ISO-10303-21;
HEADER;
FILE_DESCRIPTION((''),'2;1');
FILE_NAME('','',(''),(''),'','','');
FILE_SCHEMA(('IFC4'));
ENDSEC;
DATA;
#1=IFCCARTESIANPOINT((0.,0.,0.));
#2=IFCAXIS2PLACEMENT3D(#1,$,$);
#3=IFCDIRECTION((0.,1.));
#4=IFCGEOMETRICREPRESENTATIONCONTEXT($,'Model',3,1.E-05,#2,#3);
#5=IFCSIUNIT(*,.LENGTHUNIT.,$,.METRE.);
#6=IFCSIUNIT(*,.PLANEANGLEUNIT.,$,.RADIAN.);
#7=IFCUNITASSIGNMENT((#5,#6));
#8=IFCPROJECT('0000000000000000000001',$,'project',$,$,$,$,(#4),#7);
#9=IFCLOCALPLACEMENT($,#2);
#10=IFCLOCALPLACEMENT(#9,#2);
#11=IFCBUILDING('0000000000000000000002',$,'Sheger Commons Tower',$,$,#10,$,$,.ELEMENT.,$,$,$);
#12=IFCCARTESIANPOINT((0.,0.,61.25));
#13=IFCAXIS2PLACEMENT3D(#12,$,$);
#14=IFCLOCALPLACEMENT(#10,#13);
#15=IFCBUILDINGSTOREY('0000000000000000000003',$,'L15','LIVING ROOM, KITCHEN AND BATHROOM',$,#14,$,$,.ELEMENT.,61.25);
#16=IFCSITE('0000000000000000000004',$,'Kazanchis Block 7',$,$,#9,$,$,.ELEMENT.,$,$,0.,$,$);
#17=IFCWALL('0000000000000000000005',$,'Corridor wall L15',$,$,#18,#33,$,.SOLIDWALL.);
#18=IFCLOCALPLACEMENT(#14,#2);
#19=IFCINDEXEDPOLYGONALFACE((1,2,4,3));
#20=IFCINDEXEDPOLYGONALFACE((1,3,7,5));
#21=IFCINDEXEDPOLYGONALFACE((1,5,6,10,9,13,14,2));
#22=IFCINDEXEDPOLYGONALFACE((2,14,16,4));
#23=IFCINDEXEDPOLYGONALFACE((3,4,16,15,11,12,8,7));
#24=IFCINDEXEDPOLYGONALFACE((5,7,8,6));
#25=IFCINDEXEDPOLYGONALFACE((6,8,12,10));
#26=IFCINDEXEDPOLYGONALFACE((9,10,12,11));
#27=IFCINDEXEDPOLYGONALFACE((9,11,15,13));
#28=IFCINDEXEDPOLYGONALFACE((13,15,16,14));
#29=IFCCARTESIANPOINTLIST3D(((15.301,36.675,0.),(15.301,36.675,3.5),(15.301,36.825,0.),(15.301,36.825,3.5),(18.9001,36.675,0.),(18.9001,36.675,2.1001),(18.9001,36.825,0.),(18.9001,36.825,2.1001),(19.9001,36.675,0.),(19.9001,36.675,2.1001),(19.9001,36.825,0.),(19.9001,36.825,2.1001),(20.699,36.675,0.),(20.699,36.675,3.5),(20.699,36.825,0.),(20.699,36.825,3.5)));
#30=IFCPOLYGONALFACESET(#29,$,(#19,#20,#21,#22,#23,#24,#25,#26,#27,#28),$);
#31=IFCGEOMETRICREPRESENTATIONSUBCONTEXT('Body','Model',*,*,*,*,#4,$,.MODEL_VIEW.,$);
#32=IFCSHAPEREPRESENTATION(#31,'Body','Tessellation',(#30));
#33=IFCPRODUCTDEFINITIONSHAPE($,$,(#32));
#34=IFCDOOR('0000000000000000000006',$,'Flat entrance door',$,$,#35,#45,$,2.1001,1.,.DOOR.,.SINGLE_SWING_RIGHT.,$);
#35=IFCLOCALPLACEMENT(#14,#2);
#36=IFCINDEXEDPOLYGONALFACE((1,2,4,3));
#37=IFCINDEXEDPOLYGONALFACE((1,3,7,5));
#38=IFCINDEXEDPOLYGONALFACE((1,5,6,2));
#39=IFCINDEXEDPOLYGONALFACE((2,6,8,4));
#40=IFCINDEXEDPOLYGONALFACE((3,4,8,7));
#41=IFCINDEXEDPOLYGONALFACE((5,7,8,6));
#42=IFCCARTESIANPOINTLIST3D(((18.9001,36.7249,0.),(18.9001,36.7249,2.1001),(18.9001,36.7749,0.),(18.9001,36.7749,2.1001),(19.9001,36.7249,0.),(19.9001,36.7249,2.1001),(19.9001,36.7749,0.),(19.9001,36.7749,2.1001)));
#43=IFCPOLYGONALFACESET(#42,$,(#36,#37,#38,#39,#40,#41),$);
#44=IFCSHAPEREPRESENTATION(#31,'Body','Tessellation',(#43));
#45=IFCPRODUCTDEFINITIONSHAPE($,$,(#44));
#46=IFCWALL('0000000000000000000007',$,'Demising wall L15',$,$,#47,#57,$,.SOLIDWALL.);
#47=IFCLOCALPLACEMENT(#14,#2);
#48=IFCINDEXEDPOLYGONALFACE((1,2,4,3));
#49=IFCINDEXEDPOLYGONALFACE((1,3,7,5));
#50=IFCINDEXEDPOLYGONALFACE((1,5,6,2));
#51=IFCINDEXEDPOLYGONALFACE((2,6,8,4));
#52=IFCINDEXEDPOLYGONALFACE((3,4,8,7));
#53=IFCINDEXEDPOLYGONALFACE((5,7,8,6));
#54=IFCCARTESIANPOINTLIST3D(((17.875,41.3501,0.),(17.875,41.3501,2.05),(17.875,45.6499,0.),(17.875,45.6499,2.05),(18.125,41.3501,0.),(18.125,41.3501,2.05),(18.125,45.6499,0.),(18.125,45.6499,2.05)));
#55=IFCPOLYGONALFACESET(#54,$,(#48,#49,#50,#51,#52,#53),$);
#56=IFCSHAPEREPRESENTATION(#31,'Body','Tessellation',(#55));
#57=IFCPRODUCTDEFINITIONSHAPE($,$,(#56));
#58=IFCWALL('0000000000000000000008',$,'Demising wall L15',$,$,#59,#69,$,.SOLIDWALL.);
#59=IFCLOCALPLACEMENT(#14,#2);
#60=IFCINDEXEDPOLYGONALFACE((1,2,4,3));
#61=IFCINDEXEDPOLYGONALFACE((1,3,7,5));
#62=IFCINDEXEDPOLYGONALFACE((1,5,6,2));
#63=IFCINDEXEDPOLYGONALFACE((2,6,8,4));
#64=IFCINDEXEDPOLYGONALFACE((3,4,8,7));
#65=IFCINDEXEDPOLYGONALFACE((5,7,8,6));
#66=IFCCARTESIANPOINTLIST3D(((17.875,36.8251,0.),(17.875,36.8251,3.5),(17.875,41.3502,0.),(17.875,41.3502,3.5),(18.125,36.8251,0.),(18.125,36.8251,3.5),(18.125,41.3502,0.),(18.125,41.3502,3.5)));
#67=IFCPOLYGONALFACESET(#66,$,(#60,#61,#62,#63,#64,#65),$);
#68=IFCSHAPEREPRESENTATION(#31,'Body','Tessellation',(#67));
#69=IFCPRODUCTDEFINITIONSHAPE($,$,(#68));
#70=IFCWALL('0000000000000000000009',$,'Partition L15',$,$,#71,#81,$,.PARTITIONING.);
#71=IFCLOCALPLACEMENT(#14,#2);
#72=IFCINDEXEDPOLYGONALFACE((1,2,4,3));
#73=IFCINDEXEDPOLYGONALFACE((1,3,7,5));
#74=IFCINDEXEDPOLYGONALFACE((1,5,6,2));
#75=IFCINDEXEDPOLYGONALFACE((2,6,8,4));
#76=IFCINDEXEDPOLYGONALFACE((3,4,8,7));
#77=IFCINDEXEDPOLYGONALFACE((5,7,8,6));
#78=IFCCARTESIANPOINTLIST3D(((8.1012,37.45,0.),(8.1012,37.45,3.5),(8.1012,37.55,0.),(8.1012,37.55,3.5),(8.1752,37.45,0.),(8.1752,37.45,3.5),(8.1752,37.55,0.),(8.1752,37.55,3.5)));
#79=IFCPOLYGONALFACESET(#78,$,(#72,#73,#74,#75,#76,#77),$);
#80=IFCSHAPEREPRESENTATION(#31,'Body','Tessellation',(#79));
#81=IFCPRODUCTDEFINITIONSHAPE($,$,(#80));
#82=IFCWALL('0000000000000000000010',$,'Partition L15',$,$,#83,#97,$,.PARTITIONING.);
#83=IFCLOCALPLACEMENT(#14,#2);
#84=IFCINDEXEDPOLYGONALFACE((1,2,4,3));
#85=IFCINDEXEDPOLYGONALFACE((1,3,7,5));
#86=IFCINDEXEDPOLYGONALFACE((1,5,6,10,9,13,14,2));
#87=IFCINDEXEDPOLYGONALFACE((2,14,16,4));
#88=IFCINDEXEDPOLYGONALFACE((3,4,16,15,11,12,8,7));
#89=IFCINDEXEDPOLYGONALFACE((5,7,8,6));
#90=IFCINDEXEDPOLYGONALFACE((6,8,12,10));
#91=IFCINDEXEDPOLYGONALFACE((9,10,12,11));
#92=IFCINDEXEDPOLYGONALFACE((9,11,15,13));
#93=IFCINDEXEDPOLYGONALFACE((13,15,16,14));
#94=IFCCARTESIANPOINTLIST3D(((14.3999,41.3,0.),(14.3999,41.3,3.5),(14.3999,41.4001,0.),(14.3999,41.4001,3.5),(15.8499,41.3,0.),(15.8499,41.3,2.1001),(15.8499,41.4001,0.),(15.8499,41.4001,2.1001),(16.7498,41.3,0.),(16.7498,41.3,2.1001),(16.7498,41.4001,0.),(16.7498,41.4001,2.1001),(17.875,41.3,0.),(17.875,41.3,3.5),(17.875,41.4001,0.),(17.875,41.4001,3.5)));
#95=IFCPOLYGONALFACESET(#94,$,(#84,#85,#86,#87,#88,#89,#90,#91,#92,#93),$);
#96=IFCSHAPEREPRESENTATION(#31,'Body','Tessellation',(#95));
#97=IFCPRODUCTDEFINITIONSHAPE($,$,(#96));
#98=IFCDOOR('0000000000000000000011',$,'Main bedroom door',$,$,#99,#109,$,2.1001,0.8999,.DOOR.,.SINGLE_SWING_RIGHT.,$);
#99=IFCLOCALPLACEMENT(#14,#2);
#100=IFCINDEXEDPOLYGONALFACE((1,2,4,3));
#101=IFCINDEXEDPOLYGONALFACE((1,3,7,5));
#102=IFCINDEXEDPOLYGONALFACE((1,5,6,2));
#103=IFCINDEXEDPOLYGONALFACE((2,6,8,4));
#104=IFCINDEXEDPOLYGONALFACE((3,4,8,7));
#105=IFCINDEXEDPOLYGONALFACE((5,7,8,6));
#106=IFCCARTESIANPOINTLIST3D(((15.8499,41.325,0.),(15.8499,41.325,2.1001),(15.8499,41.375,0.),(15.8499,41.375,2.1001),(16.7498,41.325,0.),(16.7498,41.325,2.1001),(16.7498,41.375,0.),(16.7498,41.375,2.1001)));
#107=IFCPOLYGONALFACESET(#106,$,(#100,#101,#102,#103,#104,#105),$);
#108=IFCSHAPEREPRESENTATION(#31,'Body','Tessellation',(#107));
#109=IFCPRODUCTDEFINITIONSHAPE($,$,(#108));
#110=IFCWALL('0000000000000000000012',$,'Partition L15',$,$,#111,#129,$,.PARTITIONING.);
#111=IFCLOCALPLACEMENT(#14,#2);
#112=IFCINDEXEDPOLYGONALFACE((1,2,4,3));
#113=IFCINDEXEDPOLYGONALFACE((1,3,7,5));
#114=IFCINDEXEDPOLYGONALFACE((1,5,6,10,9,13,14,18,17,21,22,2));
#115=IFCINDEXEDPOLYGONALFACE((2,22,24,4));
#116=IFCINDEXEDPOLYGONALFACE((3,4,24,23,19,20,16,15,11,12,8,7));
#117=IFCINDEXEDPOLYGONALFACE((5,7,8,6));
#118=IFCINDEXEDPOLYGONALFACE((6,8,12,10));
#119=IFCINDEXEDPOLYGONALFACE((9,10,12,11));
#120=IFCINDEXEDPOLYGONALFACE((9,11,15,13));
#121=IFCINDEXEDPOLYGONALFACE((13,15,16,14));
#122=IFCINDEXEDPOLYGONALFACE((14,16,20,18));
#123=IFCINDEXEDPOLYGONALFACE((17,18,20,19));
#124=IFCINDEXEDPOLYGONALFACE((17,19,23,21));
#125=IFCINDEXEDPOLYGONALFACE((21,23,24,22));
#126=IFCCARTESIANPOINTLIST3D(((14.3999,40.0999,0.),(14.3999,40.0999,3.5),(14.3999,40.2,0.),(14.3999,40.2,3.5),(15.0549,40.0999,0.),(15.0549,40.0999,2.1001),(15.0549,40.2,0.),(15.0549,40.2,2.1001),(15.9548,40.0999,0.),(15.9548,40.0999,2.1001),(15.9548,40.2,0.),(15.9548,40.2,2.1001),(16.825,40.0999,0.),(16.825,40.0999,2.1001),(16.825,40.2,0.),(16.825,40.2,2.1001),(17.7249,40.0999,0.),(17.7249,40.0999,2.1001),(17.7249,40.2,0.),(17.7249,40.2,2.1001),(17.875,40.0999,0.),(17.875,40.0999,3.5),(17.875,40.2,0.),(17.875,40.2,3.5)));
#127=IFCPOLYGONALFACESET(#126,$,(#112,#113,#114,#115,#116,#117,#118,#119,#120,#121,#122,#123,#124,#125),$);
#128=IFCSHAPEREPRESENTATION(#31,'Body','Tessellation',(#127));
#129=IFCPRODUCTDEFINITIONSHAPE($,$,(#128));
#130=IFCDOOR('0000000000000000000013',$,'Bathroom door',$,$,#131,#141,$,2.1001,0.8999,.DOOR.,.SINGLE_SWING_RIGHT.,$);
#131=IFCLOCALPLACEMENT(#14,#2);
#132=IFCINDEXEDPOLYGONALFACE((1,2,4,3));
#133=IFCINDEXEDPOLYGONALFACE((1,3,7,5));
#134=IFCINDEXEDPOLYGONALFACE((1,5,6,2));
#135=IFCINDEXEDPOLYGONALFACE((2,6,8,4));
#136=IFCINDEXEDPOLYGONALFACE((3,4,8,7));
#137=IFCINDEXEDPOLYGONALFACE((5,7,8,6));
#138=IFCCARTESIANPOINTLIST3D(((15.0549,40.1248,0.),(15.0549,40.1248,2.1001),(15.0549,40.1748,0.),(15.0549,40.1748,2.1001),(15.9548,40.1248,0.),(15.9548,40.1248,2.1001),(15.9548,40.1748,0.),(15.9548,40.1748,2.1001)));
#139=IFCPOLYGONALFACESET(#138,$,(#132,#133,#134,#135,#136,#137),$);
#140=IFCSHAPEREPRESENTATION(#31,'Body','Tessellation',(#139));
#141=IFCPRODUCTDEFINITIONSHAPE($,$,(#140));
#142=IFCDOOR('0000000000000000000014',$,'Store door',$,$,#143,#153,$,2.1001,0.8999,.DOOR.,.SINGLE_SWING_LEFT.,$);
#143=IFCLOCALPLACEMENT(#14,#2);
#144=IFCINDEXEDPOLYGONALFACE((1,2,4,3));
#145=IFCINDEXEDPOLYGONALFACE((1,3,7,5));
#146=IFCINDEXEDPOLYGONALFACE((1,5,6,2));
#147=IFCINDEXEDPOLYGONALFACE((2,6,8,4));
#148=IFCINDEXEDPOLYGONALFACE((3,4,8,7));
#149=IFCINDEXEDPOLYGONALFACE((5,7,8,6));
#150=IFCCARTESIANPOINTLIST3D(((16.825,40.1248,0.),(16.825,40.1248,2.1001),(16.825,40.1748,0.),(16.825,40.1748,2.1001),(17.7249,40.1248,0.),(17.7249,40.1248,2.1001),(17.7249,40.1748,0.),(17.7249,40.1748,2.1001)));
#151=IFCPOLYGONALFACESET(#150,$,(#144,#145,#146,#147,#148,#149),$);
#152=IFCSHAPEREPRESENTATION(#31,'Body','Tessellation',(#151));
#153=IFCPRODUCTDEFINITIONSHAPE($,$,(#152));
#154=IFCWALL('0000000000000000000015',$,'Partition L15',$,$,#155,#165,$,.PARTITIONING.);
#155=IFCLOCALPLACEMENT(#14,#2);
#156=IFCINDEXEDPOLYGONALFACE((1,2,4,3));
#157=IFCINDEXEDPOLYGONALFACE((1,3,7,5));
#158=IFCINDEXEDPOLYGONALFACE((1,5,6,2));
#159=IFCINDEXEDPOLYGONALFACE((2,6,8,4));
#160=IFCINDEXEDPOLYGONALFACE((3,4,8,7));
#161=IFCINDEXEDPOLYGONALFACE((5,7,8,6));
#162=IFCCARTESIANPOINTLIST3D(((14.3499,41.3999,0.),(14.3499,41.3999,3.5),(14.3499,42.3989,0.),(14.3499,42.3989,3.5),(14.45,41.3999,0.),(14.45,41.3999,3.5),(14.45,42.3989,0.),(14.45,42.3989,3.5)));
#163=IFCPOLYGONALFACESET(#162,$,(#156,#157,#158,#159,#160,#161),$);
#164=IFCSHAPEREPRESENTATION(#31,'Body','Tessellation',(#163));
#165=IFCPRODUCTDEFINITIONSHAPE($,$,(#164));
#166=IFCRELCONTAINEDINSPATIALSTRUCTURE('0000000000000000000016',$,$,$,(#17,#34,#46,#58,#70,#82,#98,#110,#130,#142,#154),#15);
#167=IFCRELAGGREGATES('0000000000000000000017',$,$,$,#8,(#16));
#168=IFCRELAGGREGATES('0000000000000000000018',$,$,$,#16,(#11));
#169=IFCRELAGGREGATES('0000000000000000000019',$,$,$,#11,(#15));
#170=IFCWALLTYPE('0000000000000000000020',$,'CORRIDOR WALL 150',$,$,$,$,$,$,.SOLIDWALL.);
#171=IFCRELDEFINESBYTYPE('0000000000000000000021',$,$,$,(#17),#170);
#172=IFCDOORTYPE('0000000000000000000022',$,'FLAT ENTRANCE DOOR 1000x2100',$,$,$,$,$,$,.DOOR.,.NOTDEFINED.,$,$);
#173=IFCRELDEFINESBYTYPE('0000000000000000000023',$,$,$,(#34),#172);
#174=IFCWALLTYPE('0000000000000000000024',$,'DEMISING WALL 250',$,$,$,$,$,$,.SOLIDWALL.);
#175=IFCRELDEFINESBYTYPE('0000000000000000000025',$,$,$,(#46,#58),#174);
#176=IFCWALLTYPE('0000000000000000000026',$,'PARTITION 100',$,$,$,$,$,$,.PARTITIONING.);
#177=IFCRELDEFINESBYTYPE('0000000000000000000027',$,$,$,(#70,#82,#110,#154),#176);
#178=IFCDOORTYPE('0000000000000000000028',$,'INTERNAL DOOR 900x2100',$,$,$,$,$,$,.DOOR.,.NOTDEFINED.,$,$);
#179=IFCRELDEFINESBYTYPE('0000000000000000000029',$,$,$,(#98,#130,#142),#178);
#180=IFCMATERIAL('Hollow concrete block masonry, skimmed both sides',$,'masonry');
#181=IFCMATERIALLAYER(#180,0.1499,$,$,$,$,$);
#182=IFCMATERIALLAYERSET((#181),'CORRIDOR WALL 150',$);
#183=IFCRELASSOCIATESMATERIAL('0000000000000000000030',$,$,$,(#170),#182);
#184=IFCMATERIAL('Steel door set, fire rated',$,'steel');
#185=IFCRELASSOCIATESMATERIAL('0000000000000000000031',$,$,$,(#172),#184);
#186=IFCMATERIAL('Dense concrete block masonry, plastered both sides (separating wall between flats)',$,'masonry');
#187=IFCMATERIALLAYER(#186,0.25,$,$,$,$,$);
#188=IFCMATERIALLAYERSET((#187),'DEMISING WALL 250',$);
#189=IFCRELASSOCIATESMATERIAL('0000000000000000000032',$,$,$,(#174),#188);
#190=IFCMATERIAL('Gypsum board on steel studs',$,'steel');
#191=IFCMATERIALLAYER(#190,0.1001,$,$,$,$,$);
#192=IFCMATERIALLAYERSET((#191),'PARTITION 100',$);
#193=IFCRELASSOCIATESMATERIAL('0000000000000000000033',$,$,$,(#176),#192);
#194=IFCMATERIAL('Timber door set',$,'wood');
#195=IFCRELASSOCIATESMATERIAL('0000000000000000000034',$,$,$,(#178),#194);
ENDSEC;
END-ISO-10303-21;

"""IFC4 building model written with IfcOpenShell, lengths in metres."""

from ifc_helpers import new_model, si_unit, direction, frame, frame_2d, origin, place, context, subcontext, project, spatial, rectangle, extrude, material, layer, layer_set, type_object, element, fill, save


model = new_model("IFC4")

# Units and contexts
model_context = context("Model", 3, precision=1e-05, world=origin(), true_north=direction((0.0, 1.0)))
body_context = subcontext(model_context, "Body", "Model", "MODEL_VIEW")
ifc_project = project(units=[si_unit("LENGTHUNIT", "METRE"), si_unit("PLANEANGLEUNIT", "RADIAN")], contexts=[model_context])

# Site, building, storey
site_placement = place(None, origin())
site = spatial("IfcSite", under=ifc_project, at=site_placement, Name="Kazanchis Block 7", CompositionType="ELEMENT", RefElevation=0.0)
building_placement = place(site_placement, origin())
building = spatial("IfcBuilding", under=site, at=building_placement, Name="Sheger Commons Tower", CompositionType="ELEMENT")
storey_placement = place(building_placement, frame((0.0, 0.0, 61.25)))
storey = spatial("IfcBuildingStorey", under=building, at=storey_placement, Name="L15", Description="LIVING ROOM, KITCHEN AND BATHROOM", CompositionType="ELEMENT", Elevation=61.25)

# Shared definitions
ifc_material_1 = material(Name="Hollow concrete block masonry, skimmed both sides", Category="masonry")
ifc_layer_1 = layer(ifc_material_1, 0.1499)
ifc_layer_set_1 = layer_set([ifc_layer_1], Name="CORRIDOR WALL 150")
wall_type_1 = type_object("IfcWallType", Name="CORRIDOR WALL 150", PredefinedType="SOLIDWALL", material=ifc_layer_set_1)

# Wall, opening, door
ifc_material_2 = material(Name="Steel door set, fire rated", Category="steel")
door_type_1 = type_object("IfcDoorType", Name="FLAT ENTRANCE DOOR 1000x2100", OperationType="NOTDEFINED", PredefinedType="DOOR", material=ifc_material_2)
wall_1_placement = place(storey_placement, frame((15.301, 36.75, 0.0), z_axis=(0.0, 0.0, 1.0), x_axis=(1.0, 0.0, 0.0)))
wall_1 = element("IfcWall", 1, at=wall_1_placement, inside=storey, type_object=wall_type_1, Name="Corridor wall L15", PredefinedType="SOLIDWALL", context=body_context, shape_type="SweptSolid", body=[
    extrude(rectangle(XDim=5.3979, YDim=0.1499, at=frame_2d((2.699, 0.0))), origin(), (0.0, 0.0, 1.0), 3.5),
])
opening_1_placement = place(wall_1_placement, frame((3.5991, 0.0, 0.0)))
opening_1 = element("IfcOpeningElement", 2, at=opening_1_placement, cuts=wall_1, PredefinedType="OPENING", context=body_context, shape_type="SweptSolid", body=[
    extrude(rectangle(XDim=1.0, YDim=2.1001, at=frame_2d((0.5, 1.05))), frame((0.0, 0.085, 0.0), z_axis=(0.0, -1.0, 0.0), x_axis=(1.0, 0.0, 0.0)), (0.0, 0.0, 1.0), 0.1699),
])
door_1_placement = place(opening_1_placement, origin())
door_1 = element("IfcDoor", 3, at=door_1_placement, inside=storey, type_object=door_type_1, Name="Flat entrance door", OperationType="SINGLE_SWING_RIGHT", OverallHeight=2.1001, OverallWidth=1.0, PredefinedType="DOOR", context=body_context, shape_type="SweptSolid", body=[
    extrude(rectangle(XDim=1.0, YDim=2.1001, at=frame_2d((0.5, 1.05))), frame((0.0, 0.0249, 0.0), z_axis=(0.0, -1.0, 0.0), x_axis=(1.0, 0.0, 0.0)), (0.0, 0.0, 1.0), 0.05),
])
fill(opening_1, door_1)

# Walls
ifc_material_3 = material(Name="Dense concrete block masonry, plastered both sides (separating wall between flats)", Category="masonry")
ifc_layer_2 = layer(ifc_material_3, 0.25)
ifc_layer_set_2 = layer_set([ifc_layer_2], Name="DEMISING WALL 250")
wall_type_2 = type_object("IfcWallType", Name="DEMISING WALL 250", PredefinedType="SOLIDWALL", material=ifc_layer_set_2)
wall_2_placement = place(storey_placement, frame((18.0, 41.3501, 0.0), z_axis=(0.0, 0.0, 1.0), x_axis=(0.0, 1.0, 0.0)))
element("IfcWall", 4, at=wall_2_placement, inside=storey, type_object=wall_type_2, Name="Demising wall L15", PredefinedType="SOLIDWALL", context=body_context, shape_type="SweptSolid", body=[
    extrude(rectangle(XDim=4.2998, YDim=0.25, at=frame_2d((2.1499, 0.0))), origin(), (0.0, 0.0, 1.0), 2.05),
])
wall_3_placement = place(storey_placement, frame((18.0, 36.825, 0.0), z_axis=(0.0, 0.0, 1.0), x_axis=(0.0, 1.0, 0.0)))
element("IfcWall", 5, at=wall_3_placement, inside=storey, type_object=wall_type_2, Name="Demising wall L15", PredefinedType="SOLIDWALL", context=body_context, shape_type="SweptSolid", body=[
    extrude(rectangle(XDim=4.5251, YDim=0.25, at=frame_2d((2.2627, 0.0))), origin(), (0.0, 0.0, 1.0), 3.5),
])
ifc_material_4 = material(Name="Gypsum board on steel studs", Category="steel")
ifc_layer_3 = layer(ifc_material_4, 0.1001)
ifc_layer_set_3 = layer_set([ifc_layer_3], Name="PARTITION 100")
wall_type_3 = type_object("IfcWallType", Name="PARTITION 100", PredefinedType="PARTITIONING", material=ifc_layer_set_3)
wall_4_placement = place(storey_placement, frame((8.1011, 37.5, 0.0), z_axis=(0.0, 0.0, 1.0), x_axis=(1.0, 0.0, 0.0)))
element("IfcWall", 6, at=wall_4_placement, inside=storey, type_object=wall_type_3, Name="Partition L15", PredefinedType="PARTITIONING", context=body_context, shape_type="SweptSolid", body=[
    extrude(rectangle(XDim=0.074, YDim=0.1001, at=frame_2d((0.0371, 0.0))), origin(), (0.0, 0.0, 1.0), 3.5),
])

# Wall, opening, door
wall_5_placement = place(storey_placement, frame((14.3999, 41.3501, 0.0), z_axis=(0.0, 0.0, 1.0), x_axis=(1.0, 0.0, 0.0)))
wall_5 = element("IfcWall", 7, at=wall_5_placement, inside=storey, type_object=wall_type_3, Name="Partition L15", PredefinedType="PARTITIONING", context=body_context, shape_type="SweptSolid", body=[
    extrude(rectangle(XDim=3.4751, YDim=0.1001, at=frame_2d((1.7375, 0.0))), origin(), (0.0, 0.0, 1.0), 3.5),
])
opening_2_placement = place(wall_5_placement, frame((1.45, 0.0, 0.0)))
opening_2 = element("IfcOpeningElement", 8, at=opening_2_placement, cuts=wall_5, PredefinedType="OPENING", context=body_context, shape_type="SweptSolid", body=[
    extrude(rectangle(XDim=0.8999, YDim=2.1001, at=frame_2d((0.45, 1.05))), frame((0.0, 0.0601, 0.0), z_axis=(0.0, -1.0, 0.0), x_axis=(1.0, 0.0, 0.0)), (0.0, 0.0, 1.0), 0.1201),
])
ifc_material_5 = material(Name="Timber door set", Category="wood")
door_type_2 = type_object("IfcDoorType", Name="INTERNAL DOOR 900x2100", OperationType="NOTDEFINED", PredefinedType="DOOR", material=ifc_material_5)
door_2_placement = place(opening_2_placement, origin())
door_2 = element("IfcDoor", 9, at=door_2_placement, inside=storey, type_object=door_type_2, Name="Main bedroom door", OperationType="SINGLE_SWING_RIGHT", OverallHeight=2.1001, OverallWidth=0.8999, PredefinedType="DOOR", context=body_context, shape_type="SweptSolid", body=[
    extrude(rectangle(XDim=0.8999, YDim=2.1001, at=frame_2d((0.45, 1.05))), frame((0.0, 0.0249, 0.0), z_axis=(0.0, -1.0, 0.0), x_axis=(1.0, 0.0, 0.0)), (0.0, 0.0, 1.0), 0.05),
])
fill(opening_2, door_2)

# Wall, openings, doors
wall_6_placement = place(storey_placement, frame((14.3999, 40.1499, 0.0), z_axis=(0.0, 0.0, 1.0), x_axis=(1.0, 0.0, 0.0)))
wall_6 = element("IfcWall", 10, at=wall_6_placement, inside=storey, type_object=wall_type_3, Name="Partition L15", PredefinedType="PARTITIONING", context=body_context, shape_type="SweptSolid", body=[
    extrude(rectangle(XDim=3.4751, YDim=0.1001, at=frame_2d((1.7375, 0.0))), origin(), (0.0, 0.0, 1.0), 3.5),
])
opening_3_placement = place(wall_6_placement, frame((0.655, 0.0, 0.0)))
opening_3 = element("IfcOpeningElement", 11, at=opening_3_placement, cuts=wall_6, PredefinedType="OPENING", context=body_context, shape_type="SweptSolid", body=[
    extrude(rectangle(XDim=0.8999, YDim=2.1001, at=frame_2d((0.45, 1.05))), frame((0.0, 0.0601, 0.0), z_axis=(0.0, -1.0, 0.0), x_axis=(1.0, 0.0, 0.0)), (0.0, 0.0, 1.0), 0.1201),
])
opening_4_placement = place(wall_6_placement, frame((2.425, 0.0, 0.0)))
opening_4 = element("IfcOpeningElement", 12, at=opening_4_placement, cuts=wall_6, PredefinedType="OPENING", context=body_context, shape_type="SweptSolid", body=[
    extrude(rectangle(XDim=0.8999, YDim=2.1001, at=frame_2d((0.45, 1.05))), frame((0.0, 0.0601, 0.0), z_axis=(0.0, -1.0, 0.0), x_axis=(1.0, 0.0, 0.0)), (0.0, 0.0, 1.0), 0.1201),
])
door_3_placement = place(opening_3_placement, origin())
door_3 = element("IfcDoor", 13, at=door_3_placement, inside=storey, type_object=door_type_2, Name="Bathroom door", OperationType="SINGLE_SWING_RIGHT", OverallHeight=2.1001, OverallWidth=0.8999, PredefinedType="DOOR", context=body_context, shape_type="SweptSolid", body=[
    extrude(rectangle(XDim=0.8999, YDim=2.1001, at=frame_2d((0.45, 1.05))), frame((0.0, 0.0249, 0.0), z_axis=(0.0, -1.0, 0.0), x_axis=(1.0, 0.0, 0.0)), (0.0, 0.0, 1.0), 0.05),
])
fill(opening_3, door_3)
door_4_placement = place(opening_4_placement, origin())
door_4 = element("IfcDoor", 14, at=door_4_placement, inside=storey, type_object=door_type_2, Name="Store door", OperationType="SINGLE_SWING_LEFT", OverallHeight=2.1001, OverallWidth=0.8999, PredefinedType="DOOR", context=body_context, shape_type="SweptSolid", body=[
    extrude(rectangle(XDim=0.8999, YDim=2.1001, at=frame_2d((0.45, 1.05))), frame((0.0, 0.0249, 0.0), z_axis=(0.0, -1.0, 0.0), x_axis=(1.0, 0.0, 0.0)), (0.0, 0.0, 1.0), 0.05),
])
fill(opening_4, door_4)

# Wall
wall_7_placement = place(storey_placement, frame((14.3999, 41.3999, 0.0), z_axis=(0.0, 0.0, 1.0), x_axis=(0.0, 1.0, 0.0)))
element("IfcWall", 15, at=wall_7_placement, inside=storey, type_object=wall_type_3, Name="Partition L15", PredefinedType="PARTITIONING", context=body_context, shape_type="SweptSolid", body=[
    extrude(rectangle(XDim=0.999, YDim=0.1001, at=frame_2d((0.4995, 0.0))), origin(), (0.0, 0.0, 1.0), 3.5),
])

save(model, "model.ifc")
